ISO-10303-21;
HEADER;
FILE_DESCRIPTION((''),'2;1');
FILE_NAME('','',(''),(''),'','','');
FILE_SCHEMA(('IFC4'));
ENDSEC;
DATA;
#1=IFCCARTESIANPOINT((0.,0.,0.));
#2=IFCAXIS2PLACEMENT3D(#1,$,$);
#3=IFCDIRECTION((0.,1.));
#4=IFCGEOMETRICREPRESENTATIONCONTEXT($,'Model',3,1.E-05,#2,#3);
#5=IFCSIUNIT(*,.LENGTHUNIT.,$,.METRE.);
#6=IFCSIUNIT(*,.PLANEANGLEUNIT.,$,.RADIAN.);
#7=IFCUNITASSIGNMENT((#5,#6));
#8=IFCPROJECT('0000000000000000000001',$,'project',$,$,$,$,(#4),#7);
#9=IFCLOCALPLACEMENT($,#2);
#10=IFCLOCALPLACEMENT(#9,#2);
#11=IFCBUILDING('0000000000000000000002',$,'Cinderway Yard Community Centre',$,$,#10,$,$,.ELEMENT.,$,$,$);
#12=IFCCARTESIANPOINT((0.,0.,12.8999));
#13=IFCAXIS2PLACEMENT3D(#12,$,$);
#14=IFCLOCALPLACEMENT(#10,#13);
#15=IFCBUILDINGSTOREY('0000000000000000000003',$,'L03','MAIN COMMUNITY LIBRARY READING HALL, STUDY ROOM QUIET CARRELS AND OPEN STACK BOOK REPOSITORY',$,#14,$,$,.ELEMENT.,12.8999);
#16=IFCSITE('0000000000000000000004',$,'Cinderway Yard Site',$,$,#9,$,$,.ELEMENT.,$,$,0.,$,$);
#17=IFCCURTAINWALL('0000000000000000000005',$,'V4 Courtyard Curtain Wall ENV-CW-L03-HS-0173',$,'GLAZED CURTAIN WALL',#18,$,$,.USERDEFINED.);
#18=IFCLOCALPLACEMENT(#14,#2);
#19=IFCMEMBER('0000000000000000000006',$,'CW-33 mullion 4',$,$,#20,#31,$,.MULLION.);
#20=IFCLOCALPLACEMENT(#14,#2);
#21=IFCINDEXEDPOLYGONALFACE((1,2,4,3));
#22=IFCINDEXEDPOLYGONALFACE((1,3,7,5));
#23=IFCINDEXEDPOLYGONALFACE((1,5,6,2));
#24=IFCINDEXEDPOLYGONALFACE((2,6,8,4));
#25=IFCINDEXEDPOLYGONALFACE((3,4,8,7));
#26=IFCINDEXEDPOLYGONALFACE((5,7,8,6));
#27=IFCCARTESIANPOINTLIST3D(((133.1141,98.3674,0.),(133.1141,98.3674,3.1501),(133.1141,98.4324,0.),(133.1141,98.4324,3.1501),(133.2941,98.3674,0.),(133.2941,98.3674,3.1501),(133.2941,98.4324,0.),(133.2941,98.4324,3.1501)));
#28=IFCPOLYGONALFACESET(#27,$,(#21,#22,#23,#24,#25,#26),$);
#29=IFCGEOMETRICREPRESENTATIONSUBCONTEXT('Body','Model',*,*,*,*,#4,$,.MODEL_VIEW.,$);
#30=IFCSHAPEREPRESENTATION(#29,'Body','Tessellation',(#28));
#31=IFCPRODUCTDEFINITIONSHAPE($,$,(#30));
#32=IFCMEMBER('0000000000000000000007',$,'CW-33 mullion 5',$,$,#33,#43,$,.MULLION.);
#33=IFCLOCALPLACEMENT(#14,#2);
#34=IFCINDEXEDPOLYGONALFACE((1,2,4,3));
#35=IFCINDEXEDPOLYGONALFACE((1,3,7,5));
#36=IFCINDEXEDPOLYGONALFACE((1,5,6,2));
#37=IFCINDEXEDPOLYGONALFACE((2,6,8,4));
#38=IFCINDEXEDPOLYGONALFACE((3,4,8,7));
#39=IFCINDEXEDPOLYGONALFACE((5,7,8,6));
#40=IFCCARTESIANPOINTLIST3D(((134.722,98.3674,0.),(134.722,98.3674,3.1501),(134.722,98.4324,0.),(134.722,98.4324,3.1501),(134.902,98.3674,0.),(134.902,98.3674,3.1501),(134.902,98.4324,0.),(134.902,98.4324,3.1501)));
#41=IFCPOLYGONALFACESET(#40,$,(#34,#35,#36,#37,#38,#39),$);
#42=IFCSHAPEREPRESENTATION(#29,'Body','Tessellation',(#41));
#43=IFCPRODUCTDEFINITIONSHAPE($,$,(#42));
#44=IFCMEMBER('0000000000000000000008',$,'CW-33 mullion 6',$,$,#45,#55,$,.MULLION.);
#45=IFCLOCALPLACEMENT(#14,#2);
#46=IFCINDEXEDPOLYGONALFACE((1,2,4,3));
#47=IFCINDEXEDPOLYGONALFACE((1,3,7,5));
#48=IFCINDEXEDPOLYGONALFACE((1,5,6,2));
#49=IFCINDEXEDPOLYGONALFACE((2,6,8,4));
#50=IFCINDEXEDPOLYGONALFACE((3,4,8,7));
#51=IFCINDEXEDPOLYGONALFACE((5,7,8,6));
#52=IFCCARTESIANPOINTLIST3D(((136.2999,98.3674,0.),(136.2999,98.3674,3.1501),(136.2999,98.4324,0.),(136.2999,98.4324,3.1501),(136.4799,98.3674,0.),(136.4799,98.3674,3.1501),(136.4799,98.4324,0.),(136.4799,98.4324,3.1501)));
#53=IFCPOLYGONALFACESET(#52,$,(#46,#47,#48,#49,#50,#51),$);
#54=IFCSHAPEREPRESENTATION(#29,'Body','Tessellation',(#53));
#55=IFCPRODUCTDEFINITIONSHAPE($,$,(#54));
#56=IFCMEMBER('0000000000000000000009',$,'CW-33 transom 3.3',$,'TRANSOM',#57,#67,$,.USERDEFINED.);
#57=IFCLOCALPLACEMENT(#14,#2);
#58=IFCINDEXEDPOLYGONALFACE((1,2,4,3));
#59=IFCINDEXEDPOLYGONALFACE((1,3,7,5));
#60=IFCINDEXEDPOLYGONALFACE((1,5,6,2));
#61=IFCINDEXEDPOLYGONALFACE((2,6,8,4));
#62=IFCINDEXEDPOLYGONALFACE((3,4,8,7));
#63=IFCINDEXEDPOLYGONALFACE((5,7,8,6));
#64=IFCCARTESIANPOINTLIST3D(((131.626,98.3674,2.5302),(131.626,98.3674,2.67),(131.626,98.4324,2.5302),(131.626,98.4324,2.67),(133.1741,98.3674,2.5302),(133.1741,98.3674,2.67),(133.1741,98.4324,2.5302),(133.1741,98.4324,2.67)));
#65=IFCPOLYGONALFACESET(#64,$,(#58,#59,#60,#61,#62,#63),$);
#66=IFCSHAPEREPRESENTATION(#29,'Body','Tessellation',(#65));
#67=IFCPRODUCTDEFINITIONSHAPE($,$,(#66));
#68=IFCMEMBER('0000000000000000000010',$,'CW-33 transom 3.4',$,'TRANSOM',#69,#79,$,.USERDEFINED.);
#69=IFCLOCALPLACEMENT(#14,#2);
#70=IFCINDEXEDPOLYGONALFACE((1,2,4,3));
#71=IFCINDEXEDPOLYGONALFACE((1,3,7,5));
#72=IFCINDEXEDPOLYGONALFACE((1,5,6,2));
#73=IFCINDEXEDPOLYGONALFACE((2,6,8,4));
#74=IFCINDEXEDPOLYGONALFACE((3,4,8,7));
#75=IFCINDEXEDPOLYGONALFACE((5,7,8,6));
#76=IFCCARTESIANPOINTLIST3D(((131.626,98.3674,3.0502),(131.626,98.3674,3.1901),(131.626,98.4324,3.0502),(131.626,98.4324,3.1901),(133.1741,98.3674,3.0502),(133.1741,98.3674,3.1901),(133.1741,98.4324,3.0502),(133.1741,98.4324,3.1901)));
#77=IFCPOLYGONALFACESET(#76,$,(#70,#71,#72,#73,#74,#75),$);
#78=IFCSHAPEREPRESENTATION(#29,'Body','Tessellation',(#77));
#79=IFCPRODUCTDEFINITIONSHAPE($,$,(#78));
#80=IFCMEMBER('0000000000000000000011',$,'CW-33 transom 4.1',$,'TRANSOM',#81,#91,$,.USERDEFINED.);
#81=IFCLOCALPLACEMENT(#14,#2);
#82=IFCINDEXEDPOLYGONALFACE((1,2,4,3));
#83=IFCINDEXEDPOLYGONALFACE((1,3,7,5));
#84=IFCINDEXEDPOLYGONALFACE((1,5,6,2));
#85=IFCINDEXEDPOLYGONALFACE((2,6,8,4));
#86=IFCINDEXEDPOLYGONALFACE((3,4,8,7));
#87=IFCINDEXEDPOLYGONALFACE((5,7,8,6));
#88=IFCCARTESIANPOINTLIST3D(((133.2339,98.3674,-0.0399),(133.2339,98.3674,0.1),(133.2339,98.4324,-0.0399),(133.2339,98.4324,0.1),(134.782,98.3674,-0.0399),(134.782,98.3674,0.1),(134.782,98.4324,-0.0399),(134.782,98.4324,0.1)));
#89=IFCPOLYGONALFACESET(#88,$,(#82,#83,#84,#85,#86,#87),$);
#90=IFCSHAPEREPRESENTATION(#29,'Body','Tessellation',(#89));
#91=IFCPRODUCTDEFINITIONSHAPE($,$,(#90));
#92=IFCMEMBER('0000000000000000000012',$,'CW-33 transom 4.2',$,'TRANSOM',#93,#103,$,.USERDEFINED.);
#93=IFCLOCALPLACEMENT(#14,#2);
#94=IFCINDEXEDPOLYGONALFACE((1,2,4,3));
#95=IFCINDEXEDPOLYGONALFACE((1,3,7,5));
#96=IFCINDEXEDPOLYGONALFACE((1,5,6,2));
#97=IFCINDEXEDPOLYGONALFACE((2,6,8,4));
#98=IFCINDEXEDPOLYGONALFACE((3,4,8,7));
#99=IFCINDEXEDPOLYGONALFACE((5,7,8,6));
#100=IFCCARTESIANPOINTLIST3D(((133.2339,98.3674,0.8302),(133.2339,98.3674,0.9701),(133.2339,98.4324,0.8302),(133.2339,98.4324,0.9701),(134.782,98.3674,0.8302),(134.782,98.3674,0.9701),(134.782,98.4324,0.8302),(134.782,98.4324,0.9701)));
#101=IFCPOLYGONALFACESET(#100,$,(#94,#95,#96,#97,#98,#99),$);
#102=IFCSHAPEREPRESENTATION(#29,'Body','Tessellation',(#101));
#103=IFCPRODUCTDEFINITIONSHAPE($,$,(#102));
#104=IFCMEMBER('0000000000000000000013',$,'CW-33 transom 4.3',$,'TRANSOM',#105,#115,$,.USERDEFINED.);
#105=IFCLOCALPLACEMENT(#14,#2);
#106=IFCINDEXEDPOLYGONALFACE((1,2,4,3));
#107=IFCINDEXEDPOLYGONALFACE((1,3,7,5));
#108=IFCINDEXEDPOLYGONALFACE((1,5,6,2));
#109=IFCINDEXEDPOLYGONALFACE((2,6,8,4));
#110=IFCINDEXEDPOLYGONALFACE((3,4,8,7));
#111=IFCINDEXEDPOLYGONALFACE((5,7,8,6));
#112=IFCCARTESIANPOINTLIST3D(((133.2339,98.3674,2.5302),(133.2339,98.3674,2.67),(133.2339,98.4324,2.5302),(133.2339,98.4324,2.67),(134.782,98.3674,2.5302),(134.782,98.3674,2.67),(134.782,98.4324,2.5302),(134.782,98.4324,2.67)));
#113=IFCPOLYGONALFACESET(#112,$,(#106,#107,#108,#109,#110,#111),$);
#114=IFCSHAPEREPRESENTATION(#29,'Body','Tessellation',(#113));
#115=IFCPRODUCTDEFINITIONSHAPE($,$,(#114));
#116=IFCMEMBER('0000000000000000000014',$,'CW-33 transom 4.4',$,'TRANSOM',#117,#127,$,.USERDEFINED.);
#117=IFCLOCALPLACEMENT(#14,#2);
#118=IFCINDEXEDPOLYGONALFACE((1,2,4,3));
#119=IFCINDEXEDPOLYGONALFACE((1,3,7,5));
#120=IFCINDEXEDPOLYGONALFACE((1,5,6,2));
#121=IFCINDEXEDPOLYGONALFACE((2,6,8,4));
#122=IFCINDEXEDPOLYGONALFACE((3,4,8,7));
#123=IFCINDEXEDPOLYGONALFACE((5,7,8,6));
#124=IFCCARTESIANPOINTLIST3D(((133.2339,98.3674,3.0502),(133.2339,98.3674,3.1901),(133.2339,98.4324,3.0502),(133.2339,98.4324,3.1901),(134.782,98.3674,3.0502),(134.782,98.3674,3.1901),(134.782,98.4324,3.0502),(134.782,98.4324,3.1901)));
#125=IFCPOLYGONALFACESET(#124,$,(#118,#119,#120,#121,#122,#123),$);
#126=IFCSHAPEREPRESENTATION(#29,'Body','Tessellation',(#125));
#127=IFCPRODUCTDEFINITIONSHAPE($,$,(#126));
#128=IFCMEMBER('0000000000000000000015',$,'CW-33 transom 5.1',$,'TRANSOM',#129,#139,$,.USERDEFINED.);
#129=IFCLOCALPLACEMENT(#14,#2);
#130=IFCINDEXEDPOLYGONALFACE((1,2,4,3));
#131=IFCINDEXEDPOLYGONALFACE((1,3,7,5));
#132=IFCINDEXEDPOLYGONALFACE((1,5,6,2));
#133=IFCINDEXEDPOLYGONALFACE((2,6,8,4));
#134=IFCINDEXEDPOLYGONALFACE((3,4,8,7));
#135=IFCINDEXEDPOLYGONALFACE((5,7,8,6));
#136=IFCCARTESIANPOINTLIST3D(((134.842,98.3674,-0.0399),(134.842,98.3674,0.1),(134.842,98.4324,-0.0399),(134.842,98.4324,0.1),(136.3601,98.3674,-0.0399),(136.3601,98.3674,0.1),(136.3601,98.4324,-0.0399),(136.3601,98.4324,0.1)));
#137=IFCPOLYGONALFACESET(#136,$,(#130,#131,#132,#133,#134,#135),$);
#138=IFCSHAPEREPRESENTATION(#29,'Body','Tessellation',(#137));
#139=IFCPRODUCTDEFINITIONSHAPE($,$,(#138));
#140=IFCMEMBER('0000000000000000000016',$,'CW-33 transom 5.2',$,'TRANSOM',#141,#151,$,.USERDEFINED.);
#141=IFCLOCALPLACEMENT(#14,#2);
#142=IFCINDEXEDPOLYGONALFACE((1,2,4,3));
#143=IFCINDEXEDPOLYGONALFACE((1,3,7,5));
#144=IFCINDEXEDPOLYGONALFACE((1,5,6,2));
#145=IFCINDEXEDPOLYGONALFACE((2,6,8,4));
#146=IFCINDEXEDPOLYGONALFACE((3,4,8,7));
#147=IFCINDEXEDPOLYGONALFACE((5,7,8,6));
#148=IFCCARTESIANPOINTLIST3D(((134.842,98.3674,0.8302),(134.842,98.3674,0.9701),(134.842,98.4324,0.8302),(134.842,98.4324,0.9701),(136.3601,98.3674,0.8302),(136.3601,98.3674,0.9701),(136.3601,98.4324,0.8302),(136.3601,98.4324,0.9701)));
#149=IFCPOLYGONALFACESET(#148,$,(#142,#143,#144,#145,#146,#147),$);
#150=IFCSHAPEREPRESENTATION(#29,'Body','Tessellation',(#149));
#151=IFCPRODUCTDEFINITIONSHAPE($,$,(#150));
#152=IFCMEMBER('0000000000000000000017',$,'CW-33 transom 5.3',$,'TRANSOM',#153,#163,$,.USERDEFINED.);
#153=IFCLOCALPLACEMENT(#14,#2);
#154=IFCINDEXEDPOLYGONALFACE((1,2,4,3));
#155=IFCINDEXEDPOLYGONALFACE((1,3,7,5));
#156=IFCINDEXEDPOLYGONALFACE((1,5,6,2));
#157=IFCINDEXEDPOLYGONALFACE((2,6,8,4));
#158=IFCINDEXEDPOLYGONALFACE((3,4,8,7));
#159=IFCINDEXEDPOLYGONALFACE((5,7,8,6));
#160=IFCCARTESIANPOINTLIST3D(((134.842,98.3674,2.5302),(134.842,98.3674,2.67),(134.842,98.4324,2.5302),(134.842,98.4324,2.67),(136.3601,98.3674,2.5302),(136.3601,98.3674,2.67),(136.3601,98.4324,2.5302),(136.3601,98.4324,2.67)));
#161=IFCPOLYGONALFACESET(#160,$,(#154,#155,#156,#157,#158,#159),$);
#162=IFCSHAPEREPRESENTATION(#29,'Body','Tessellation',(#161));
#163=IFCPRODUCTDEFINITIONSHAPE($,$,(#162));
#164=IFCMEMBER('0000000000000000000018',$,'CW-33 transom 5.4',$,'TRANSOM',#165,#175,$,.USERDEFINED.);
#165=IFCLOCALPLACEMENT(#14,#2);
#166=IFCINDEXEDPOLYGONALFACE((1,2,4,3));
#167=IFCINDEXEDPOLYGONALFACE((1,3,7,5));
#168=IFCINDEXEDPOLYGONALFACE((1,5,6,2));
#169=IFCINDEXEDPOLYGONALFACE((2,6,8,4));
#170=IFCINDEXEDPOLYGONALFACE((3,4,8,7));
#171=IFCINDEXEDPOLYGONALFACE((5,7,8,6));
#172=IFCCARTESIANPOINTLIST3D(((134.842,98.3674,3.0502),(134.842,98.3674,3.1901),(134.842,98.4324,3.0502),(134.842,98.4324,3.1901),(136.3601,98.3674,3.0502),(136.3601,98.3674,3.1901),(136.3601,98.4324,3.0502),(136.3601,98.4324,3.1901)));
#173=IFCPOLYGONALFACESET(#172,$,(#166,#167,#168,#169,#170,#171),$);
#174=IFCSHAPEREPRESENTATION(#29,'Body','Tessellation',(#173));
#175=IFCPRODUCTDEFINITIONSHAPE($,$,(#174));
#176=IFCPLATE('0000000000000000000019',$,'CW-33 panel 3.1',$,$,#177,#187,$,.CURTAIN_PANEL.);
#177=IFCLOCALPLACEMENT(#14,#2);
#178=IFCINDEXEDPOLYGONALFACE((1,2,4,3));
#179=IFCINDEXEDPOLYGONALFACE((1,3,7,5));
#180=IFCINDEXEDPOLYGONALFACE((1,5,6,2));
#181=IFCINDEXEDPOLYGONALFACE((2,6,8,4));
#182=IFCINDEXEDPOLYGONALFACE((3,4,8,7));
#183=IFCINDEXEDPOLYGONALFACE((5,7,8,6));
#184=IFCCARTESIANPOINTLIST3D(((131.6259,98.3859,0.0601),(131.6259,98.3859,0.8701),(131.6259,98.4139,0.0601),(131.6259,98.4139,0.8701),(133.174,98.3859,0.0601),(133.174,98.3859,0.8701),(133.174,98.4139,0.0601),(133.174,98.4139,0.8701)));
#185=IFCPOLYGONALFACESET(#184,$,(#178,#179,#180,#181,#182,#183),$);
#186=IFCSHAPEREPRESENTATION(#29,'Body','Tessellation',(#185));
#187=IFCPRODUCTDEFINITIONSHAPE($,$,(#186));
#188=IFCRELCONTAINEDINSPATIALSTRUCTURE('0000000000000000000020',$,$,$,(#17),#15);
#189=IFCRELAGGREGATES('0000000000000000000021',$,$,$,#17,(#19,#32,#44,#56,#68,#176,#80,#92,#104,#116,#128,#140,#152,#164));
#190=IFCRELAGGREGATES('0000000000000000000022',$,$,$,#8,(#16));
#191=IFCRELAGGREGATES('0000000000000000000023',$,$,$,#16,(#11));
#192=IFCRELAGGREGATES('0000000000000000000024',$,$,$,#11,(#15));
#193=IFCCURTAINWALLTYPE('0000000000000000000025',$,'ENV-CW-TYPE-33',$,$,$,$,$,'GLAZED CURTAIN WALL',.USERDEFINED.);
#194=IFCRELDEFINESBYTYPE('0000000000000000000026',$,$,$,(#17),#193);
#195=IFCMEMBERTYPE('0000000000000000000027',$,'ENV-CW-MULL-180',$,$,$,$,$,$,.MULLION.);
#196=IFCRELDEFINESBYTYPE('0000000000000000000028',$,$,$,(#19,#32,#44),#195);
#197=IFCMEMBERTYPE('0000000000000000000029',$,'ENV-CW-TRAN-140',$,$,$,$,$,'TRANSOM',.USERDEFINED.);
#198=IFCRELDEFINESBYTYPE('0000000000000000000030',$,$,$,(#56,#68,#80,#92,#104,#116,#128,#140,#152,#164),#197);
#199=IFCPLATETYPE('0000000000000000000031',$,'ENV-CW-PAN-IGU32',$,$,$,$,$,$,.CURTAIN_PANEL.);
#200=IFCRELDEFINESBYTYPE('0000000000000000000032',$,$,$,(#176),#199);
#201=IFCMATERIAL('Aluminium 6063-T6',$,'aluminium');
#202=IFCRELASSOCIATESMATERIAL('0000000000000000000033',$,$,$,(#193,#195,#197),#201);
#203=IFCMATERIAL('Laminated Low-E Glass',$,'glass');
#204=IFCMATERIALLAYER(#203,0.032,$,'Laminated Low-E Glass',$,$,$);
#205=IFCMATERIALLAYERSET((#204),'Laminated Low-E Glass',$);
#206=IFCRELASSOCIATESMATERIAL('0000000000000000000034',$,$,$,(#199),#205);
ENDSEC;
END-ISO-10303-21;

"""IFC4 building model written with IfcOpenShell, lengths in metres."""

from ifc_helpers import new_model, si_unit, direction, frame, origin, origin_2d, place, context, subcontext, project, spatial, rectangle, extrude, material, layer, layer_set, material_profile, profile_set, type_object, element, aggregate, save


model = new_model("IFC4")

# Units and contexts
model_context = context("Model", 3, precision=1e-05, world=origin(), true_north=direction((0.0, 1.0)))
body_context = subcontext(model_context, "Body", "Model", "MODEL_VIEW")
ifc_project = project(units=[si_unit("LENGTHUNIT", "METRE"), si_unit("PLANEANGLEUNIT", "RADIAN")], contexts=[model_context])

# Site, building, storey
site_placement = place(None, origin())
site = spatial("IfcSite", under=ifc_project, at=site_placement, Name="Cinderway Yard Site", CompositionType="ELEMENT", RefElevation=0.0)
building_placement = place(site_placement, origin())
building = spatial("IfcBuilding", under=site, at=building_placement, Name="Cinderway Yard Community Centre", CompositionType="ELEMENT")
storey_placement = place(building_placement, frame((0.0, 0.0, 12.8999)))
storey = spatial("IfcBuildingStorey", under=building, at=storey_placement, Name="L03", Description="MAIN COMMUNITY LIBRARY READING HALL, STUDY ROOM QUIET CARRELS AND OPEN STACK BOOK REPOSITORY", CompositionType="ELEMENT", Elevation=12.8999)

# Curtain wall, members, plate
ifc_material_1 = material(Name="Aluminium 6063-T6", Category="aluminium")
curtain_wall_type = type_object("IfcCurtainWallType", Name="ENV-CW-TYPE-33", ElementType="GLAZED CURTAIN WALL", PredefinedType="USERDEFINED", material=ifc_material_1)
curtain_wall_placement = place(storey_placement, origin())
curtain_wall = element("IfcCurtainWall", 1, at=curtain_wall_placement, inside=storey, type_object=curtain_wall_type, Name="V4 Courtyard Curtain Wall ENV-CW-L03-HS-0173", ObjectType="GLAZED CURTAIN WALL", PredefinedType="USERDEFINED")
ifc_material_profile_1 = material_profile(ifc_material_1, rectangle(XDim=0.0649, YDim=0.1799, at=origin_2d()), Name="Aluminium 6063-T6")
ifc_profile_set_1 = profile_set([ifc_material_profile_1], Name="Aluminium 6063-T6")
member_type_1 = type_object("IfcMemberType", Name="ENV-CW-MULL-180", PredefinedType="MULLION", material=ifc_profile_set_1)
member_1_placement = place(storey_placement, frame((133.2041, 98.3999, 0.0), z_axis=(0.0, 0.0, 1.0), x_axis=(0.0, 1.0, 0.0)))
member_1 = element("IfcMember", 2, at=member_1_placement, type_object=member_type_1, Name="CW-33 mullion 4", PredefinedType="MULLION", context=body_context, shape_type="SweptSolid", body=[
    extrude(rectangle(XDim=0.0649, YDim=0.1799, at=origin_2d()), origin(), (0.0, 0.0, 1.0), 3.1501),
])
member_2_placement = place(storey_placement, frame((134.812, 98.3999, 0.0), z_axis=(0.0, 0.0, 1.0), x_axis=(0.0, 1.0, 0.0)))
member_2 = element("IfcMember", 3, at=member_2_placement, type_object=member_type_1, Name="CW-33 mullion 5", PredefinedType="MULLION", context=body_context, shape_type="SweptSolid", body=[
    extrude(rectangle(XDim=0.0649, YDim=0.1799, at=origin_2d()), origin(), (0.0, 0.0, 1.0), 3.1501),
])
member_3_placement = place(storey_placement, frame((136.3899, 98.3999, 0.0), z_axis=(0.0, 0.0, 1.0), x_axis=(0.0, 1.0, 0.0)))
member_3 = element("IfcMember", 4, at=member_3_placement, type_object=member_type_1, Name="CW-33 mullion 6", PredefinedType="MULLION", context=body_context, shape_type="SweptSolid", body=[
    extrude(rectangle(XDim=0.0649, YDim=0.1799, at=origin_2d()), origin(), (0.0, 0.0, 1.0), 3.1501),
])
ifc_material_profile_2 = material_profile(ifc_material_1, rectangle(XDim=0.0649, YDim=0.1399, at=origin_2d()), Name="Aluminium 6063-T6")
ifc_profile_set_2 = profile_set([ifc_material_profile_2], Name="Aluminium 6063-T6")
member_type_2 = type_object("IfcMemberType", Name="ENV-CW-TRAN-140", ElementType="TRANSOM", PredefinedType="USERDEFINED", material=ifc_profile_set_2)
member_4_placement = place(storey_placement, frame((131.626, 98.3999, 2.6001), z_axis=(1.0, 0.0, 0.0), x_axis=(0.0, 1.0, 0.0)))
member_4 = element("IfcMember", 5, at=member_4_placement, type_object=member_type_2, Name="CW-33 transom 3.3", ObjectType="TRANSOM", PredefinedType="USERDEFINED", context=body_context, shape_type="SweptSolid", body=[
    extrude(rectangle(XDim=0.0649, YDim=0.1399, at=origin_2d()), origin(), (0.0, 0.0, 1.0), 1.5481),
])
member_5_placement = place(storey_placement, frame((131.626, 98.3999, 3.1201), z_axis=(1.0, 0.0, 0.0), x_axis=(0.0, 1.0, 0.0)))
member_5 = element("IfcMember", 6, at=member_5_placement, type_object=member_type_2, Name="CW-33 transom 3.4", ObjectType="TRANSOM", PredefinedType="USERDEFINED", context=body_context, shape_type="SweptSolid", body=[
    extrude(rectangle(XDim=0.0649, YDim=0.1399, at=origin_2d()), origin(), (0.0, 0.0, 1.0), 1.5481),
])
member_6_placement = place(storey_placement, frame((133.2339, 98.3999, 0.03), z_axis=(1.0, 0.0, 0.0), x_axis=(0.0, 1.0, 0.0)))
member_6 = element("IfcMember", 7, at=member_6_placement, type_object=member_type_2, Name="CW-33 transom 4.1", ObjectType="TRANSOM", PredefinedType="USERDEFINED", context=body_context, shape_type="SweptSolid", body=[
    extrude(rectangle(XDim=0.0649, YDim=0.1399, at=origin_2d()), origin(), (0.0, 0.0, 1.0), 1.5481),
])
member_7_placement = place(storey_placement, frame((133.2339, 98.3999, 0.9001), z_axis=(1.0, 0.0, 0.0), x_axis=(0.0, 1.0, 0.0)))
member_7 = element("IfcMember", 8, at=member_7_placement, type_object=member_type_2, Name="CW-33 transom 4.2", ObjectType="TRANSOM", PredefinedType="USERDEFINED", context=body_context, shape_type="SweptSolid", body=[
    extrude(rectangle(XDim=0.0649, YDim=0.1399, at=origin_2d()), origin(), (0.0, 0.0, 1.0), 1.5481),
])
member_8_placement = place(storey_placement, frame((133.2339, 98.3999, 2.6001), z_axis=(1.0, 0.0, 0.0), x_axis=(0.0, 1.0, 0.0)))
member_8 = element("IfcMember", 9, at=member_8_placement, type_object=member_type_2, Name="CW-33 transom 4.3", ObjectType="TRANSOM", PredefinedType="USERDEFINED", context=body_context, shape_type="SweptSolid", body=[
    extrude(rectangle(XDim=0.0649, YDim=0.1399, at=origin_2d()), origin(), (0.0, 0.0, 1.0), 1.5481),
])
member_9_placement = place(storey_placement, frame((133.2339, 98.3999, 3.1201), z_axis=(1.0, 0.0, 0.0), x_axis=(0.0, 1.0, 0.0)))
member_9 = element("IfcMember", 10, at=member_9_placement, type_object=member_type_2, Name="CW-33 transom 4.4", ObjectType="TRANSOM", PredefinedType="USERDEFINED", context=body_context, shape_type="SweptSolid", body=[
    extrude(rectangle(XDim=0.0649, YDim=0.1399, at=origin_2d()), origin(), (0.0, 0.0, 1.0), 1.5481),
])
member_10_placement = place(storey_placement, frame((134.842, 98.3999, 0.03), z_axis=(1.0, 0.0, 0.0), x_axis=(0.0, 1.0, 0.0)))
member_10 = element("IfcMember", 11, at=member_10_placement, type_object=member_type_2, Name="CW-33 transom 5.1", ObjectType="TRANSOM", PredefinedType="USERDEFINED", context=body_context, shape_type="SweptSolid", body=[
    extrude(rectangle(XDim=0.0649, YDim=0.1399, at=origin_2d()), origin(), (0.0, 0.0, 1.0), 1.5181),
])
member_11_placement = place(storey_placement, frame((134.842, 98.3999, 0.9001), z_axis=(1.0, 0.0, 0.0), x_axis=(0.0, 1.0, 0.0)))
member_11 = element("IfcMember", 12, at=member_11_placement, type_object=member_type_2, Name="CW-33 transom 5.2", ObjectType="TRANSOM", PredefinedType="USERDEFINED", context=body_context, shape_type="SweptSolid", body=[
    extrude(rectangle(XDim=0.0649, YDim=0.1399, at=origin_2d()), origin(), (0.0, 0.0, 1.0), 1.5181),
])
member_12_placement = place(storey_placement, frame((134.842, 98.3999, 2.6001), z_axis=(1.0, 0.0, 0.0), x_axis=(0.0, 1.0, 0.0)))
member_12 = element("IfcMember", 13, at=member_12_placement, type_object=member_type_2, Name="CW-33 transom 5.3", ObjectType="TRANSOM", PredefinedType="USERDEFINED", context=body_context, shape_type="SweptSolid", body=[
    extrude(rectangle(XDim=0.0649, YDim=0.1399, at=origin_2d()), origin(), (0.0, 0.0, 1.0), 1.5181),
])
member_13_placement = place(storey_placement, frame((134.842, 98.3999, 3.1201), z_axis=(1.0, 0.0, 0.0), x_axis=(0.0, 1.0, 0.0)))
member_13 = element("IfcMember", 14, at=member_13_placement, type_object=member_type_2, Name="CW-33 transom 5.4", ObjectType="TRANSOM", PredefinedType="USERDEFINED", context=body_context, shape_type="SweptSolid", body=[
    extrude(rectangle(XDim=0.0649, YDim=0.1399, at=origin_2d()), origin(), (0.0, 0.0, 1.0), 1.5181),
])
ifc_material_2 = material(Name="Laminated Low-E Glass", Category="glass")
ifc_layer = layer(ifc_material_2, 0.032, Name="Laminated Low-E Glass")
ifc_layer_set = layer_set([ifc_layer], Name="Laminated Low-E Glass")
plate_type = type_object("IfcPlateType", Name="ENV-CW-PAN-IGU32", PredefinedType="CURTAIN_PANEL", material=ifc_layer_set)
plate_1_placement = place(storey_placement, frame((132.3999, 98.3999, 0.0601), z_axis=(0.0, 0.0, 1.0), x_axis=(1.0, 0.0, 0.0)))
plate_1 = element("IfcPlate", 15, at=plate_1_placement, type_object=plate_type, Name="CW-33 panel 3.1", PredefinedType="CURTAIN_PANEL", context=body_context, shape_type="SweptSolid", body=[
    extrude(rectangle(XDim=1.5481, YDim=0.0281, at=origin_2d()), origin(), (0.0, 0.0, 1.0), 0.8101),
])
aggregate(curtain_wall, [member_1, member_2, member_3, member_4, member_5, plate_1, member_6, member_7, member_8, member_9, member_10, member_11, member_12, member_13])

save(model, "model.ifc")
